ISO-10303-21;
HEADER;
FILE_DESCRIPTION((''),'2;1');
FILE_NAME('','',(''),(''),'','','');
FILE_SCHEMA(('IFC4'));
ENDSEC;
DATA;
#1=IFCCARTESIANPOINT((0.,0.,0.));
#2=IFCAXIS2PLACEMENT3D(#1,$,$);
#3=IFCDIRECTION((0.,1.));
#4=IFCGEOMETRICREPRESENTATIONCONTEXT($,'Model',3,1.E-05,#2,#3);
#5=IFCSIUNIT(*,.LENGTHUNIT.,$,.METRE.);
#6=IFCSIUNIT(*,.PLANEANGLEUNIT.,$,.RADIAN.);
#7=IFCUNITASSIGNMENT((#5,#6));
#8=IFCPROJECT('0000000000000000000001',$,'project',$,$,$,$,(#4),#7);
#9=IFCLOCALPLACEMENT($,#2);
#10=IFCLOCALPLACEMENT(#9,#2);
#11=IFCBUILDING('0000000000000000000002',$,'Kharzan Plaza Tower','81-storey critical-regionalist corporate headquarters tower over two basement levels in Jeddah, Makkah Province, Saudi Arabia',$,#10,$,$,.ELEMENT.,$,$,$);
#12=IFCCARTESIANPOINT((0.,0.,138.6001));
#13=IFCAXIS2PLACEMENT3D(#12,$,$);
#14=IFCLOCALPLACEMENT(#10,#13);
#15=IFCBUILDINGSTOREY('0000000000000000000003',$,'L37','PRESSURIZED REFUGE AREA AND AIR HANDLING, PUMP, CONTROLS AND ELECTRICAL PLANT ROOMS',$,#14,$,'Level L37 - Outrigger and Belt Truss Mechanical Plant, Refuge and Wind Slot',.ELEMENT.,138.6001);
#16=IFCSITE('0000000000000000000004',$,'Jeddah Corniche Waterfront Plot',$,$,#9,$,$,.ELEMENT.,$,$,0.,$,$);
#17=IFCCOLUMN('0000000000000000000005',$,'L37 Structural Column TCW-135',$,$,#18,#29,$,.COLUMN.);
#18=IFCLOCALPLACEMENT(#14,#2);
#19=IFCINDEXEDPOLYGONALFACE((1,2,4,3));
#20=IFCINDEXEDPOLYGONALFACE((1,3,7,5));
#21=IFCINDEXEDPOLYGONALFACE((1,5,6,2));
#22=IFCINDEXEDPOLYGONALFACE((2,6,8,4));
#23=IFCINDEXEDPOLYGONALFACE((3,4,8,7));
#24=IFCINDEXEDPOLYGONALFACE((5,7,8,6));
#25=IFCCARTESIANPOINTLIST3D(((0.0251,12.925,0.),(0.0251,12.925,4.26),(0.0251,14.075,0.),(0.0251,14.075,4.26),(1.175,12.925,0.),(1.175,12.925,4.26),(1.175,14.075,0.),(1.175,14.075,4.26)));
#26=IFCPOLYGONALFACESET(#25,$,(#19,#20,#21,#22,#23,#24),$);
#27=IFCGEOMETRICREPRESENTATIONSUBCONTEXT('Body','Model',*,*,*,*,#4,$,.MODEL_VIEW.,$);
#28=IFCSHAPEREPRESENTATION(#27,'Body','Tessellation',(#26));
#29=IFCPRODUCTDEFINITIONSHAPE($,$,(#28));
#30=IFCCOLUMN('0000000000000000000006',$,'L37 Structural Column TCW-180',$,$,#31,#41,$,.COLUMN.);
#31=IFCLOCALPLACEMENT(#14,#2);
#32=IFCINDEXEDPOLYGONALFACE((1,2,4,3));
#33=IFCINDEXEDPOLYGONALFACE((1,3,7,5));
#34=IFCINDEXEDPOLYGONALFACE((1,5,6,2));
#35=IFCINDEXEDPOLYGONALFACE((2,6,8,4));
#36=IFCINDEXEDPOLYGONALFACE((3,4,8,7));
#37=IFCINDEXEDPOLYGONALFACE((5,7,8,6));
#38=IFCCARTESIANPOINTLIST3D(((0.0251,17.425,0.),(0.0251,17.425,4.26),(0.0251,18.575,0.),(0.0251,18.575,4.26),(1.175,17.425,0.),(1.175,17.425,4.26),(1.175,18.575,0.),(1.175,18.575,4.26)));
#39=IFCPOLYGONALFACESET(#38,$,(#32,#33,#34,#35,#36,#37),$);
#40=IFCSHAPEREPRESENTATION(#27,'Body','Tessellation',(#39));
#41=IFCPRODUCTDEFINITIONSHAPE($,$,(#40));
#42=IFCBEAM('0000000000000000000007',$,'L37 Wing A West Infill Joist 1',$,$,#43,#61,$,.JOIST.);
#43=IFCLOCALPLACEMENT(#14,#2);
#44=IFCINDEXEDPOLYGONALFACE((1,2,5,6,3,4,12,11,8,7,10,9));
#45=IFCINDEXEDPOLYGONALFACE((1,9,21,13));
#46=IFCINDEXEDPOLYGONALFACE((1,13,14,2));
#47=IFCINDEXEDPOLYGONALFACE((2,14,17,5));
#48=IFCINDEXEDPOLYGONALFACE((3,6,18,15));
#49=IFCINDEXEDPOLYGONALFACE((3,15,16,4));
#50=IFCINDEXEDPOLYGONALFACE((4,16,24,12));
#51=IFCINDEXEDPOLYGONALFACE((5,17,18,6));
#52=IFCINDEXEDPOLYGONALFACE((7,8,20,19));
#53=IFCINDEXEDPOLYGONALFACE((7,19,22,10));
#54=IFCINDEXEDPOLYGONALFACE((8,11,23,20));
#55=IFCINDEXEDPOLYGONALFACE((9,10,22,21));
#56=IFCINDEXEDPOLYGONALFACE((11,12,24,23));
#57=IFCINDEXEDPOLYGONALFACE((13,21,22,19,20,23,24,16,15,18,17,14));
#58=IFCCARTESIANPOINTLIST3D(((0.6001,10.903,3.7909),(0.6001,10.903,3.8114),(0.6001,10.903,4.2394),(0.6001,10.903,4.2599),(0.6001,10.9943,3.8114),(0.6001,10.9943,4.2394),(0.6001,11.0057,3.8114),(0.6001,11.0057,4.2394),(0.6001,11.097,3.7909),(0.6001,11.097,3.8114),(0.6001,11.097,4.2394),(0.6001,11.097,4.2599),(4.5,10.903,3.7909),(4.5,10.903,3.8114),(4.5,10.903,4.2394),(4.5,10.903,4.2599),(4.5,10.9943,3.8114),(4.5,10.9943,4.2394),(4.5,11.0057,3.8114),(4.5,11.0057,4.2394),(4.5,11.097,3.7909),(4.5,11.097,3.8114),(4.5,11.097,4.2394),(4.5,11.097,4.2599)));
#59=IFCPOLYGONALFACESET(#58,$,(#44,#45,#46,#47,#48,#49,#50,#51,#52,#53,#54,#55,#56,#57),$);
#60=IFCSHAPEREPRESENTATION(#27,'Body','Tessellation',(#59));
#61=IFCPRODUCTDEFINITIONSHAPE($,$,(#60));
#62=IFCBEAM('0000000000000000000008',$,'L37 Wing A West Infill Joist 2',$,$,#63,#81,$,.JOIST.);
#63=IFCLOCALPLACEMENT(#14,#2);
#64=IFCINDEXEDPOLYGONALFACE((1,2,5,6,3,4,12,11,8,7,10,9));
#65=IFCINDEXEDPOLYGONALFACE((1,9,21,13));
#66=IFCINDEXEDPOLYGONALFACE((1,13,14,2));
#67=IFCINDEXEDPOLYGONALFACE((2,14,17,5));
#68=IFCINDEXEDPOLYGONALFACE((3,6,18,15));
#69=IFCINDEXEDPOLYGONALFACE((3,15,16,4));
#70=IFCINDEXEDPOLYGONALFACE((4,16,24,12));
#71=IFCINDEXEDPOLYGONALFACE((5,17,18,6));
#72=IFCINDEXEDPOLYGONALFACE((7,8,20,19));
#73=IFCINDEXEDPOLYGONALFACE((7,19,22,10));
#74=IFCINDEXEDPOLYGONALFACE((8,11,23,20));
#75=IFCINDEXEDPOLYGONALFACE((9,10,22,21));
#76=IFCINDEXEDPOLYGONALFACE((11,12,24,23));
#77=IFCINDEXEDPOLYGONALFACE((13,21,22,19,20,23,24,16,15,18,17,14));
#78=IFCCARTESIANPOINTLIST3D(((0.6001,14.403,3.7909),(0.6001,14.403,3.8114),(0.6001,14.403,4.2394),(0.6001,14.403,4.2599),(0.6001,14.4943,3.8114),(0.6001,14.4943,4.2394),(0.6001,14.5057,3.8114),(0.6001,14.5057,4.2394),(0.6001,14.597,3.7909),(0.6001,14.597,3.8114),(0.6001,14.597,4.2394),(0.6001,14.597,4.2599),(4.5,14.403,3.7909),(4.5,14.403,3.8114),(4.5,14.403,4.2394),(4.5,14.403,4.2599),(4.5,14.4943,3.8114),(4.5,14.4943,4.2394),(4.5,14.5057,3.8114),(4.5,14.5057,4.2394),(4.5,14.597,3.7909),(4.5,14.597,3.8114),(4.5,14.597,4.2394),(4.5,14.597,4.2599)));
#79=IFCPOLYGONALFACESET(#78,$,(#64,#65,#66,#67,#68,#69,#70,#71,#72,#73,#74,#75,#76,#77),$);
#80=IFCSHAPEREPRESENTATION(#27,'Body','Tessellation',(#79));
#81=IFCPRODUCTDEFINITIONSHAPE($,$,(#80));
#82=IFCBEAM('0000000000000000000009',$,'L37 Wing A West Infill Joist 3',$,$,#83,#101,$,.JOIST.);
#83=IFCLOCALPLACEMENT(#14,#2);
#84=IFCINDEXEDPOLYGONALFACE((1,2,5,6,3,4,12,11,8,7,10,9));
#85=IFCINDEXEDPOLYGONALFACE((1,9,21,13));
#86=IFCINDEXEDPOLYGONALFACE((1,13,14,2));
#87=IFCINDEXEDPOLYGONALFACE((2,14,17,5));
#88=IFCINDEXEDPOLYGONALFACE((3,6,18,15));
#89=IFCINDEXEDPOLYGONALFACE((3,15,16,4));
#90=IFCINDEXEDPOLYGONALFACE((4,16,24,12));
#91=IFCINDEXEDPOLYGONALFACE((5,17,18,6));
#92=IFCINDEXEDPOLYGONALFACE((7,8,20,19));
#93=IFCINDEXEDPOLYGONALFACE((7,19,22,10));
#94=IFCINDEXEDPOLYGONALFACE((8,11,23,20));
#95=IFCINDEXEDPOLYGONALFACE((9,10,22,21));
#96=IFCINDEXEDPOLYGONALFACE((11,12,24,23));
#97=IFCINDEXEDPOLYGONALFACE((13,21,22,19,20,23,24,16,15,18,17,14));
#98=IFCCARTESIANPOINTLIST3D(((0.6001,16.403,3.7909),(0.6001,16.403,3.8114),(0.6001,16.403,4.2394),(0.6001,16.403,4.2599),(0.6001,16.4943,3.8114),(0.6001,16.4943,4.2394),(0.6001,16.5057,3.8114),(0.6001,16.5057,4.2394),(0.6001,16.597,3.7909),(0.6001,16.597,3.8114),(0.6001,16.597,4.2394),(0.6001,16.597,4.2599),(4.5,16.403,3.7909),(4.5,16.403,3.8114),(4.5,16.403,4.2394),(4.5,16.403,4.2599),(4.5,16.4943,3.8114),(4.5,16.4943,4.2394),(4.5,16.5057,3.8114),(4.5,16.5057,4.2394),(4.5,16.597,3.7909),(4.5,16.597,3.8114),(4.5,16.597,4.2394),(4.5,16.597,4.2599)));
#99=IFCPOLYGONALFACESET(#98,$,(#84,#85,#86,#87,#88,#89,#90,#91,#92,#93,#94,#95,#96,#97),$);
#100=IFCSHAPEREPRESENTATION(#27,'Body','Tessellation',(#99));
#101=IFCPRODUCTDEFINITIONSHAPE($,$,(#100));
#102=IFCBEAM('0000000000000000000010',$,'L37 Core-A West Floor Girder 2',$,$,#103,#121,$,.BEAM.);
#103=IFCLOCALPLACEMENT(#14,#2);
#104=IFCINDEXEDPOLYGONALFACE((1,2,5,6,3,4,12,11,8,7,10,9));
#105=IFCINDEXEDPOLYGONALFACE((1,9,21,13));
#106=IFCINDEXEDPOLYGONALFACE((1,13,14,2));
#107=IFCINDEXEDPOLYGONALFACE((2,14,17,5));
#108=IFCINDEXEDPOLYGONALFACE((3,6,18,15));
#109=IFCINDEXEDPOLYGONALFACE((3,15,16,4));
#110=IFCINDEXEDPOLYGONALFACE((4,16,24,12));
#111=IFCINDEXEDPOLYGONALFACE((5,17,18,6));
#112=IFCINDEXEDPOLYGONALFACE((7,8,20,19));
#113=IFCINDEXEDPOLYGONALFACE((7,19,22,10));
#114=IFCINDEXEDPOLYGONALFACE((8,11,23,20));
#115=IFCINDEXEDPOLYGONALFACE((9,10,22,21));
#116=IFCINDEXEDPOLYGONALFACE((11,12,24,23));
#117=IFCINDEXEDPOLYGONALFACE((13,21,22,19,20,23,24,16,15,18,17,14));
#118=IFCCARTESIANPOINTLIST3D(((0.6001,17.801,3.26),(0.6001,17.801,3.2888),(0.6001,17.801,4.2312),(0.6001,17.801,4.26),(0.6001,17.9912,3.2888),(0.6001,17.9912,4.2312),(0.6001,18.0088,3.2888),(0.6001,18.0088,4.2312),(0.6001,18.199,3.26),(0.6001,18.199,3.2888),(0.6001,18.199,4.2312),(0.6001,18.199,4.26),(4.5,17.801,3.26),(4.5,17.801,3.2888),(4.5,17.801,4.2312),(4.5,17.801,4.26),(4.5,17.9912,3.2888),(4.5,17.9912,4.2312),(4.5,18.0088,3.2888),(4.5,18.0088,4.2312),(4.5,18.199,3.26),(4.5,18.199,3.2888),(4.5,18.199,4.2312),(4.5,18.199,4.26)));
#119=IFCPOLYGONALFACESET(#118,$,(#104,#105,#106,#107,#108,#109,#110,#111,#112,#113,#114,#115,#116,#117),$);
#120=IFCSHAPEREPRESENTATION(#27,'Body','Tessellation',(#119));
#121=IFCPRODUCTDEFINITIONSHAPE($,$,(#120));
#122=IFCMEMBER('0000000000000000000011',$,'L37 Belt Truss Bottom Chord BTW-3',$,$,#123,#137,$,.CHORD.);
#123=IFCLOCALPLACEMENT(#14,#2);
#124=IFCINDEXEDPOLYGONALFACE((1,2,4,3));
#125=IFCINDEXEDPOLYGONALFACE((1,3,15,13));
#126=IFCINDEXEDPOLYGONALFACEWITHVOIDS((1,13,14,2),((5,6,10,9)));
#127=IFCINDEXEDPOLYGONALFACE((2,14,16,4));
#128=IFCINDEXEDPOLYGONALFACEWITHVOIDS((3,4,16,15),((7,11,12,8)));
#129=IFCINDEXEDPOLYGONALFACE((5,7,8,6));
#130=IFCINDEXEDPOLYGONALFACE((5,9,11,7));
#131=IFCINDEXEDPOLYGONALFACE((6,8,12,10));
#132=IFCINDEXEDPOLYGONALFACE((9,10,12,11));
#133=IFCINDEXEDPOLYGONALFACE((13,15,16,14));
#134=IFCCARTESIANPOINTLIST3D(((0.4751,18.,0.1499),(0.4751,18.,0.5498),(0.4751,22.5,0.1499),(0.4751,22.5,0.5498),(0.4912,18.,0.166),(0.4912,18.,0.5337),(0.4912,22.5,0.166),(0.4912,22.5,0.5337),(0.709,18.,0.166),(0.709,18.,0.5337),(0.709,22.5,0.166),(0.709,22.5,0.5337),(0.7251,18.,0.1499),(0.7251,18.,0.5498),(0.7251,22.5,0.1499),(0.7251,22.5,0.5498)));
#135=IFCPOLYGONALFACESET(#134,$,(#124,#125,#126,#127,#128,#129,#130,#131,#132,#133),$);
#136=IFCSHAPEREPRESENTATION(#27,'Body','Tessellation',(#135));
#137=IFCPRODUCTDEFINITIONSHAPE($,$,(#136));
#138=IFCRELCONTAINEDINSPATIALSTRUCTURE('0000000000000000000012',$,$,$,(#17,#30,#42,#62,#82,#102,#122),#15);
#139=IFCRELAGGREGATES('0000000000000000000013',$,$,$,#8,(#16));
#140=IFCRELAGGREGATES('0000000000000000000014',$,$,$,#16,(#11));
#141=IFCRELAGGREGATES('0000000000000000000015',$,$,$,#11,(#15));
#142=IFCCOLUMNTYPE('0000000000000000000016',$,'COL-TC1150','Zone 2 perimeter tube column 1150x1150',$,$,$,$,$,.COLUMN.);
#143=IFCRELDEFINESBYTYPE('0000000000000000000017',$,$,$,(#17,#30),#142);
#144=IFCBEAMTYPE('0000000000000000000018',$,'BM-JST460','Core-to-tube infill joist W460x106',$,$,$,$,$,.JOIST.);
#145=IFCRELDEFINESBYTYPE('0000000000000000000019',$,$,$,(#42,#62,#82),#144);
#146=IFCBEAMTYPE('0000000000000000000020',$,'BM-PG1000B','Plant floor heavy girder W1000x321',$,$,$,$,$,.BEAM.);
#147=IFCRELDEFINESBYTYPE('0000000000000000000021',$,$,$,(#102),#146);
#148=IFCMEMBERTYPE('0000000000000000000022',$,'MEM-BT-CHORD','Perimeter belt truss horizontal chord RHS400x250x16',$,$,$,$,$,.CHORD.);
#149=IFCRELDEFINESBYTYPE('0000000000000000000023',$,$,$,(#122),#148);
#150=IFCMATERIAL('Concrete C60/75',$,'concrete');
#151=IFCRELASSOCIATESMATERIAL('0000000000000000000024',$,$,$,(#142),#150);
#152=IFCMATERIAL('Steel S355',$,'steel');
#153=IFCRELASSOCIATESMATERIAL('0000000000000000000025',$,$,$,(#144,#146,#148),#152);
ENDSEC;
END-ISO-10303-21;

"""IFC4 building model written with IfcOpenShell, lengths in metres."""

from ifc_helpers import new_model, si_unit, direction, frame, origin, origin_2d, place, context, subcontext, project, spatial, rectangle, hollow_rectangle, i_section, extrude, source, transform, mapped, material, material_profile, profile_set, type_object, element, save


model = new_model("IFC4")

# Units and contexts
model_context = context("Model", 3, precision=1e-05, world=origin(), true_north=direction((0.0, 1.0)))
body_context = subcontext(model_context, "Body", "Model", "MODEL_VIEW")
ifc_project = project(units=[si_unit("LENGTHUNIT", "METRE"), si_unit("PLANEANGLEUNIT", "RADIAN")], contexts=[model_context])

# Site, building, storey
site_placement = place(None, origin())
site = spatial("IfcSite", under=ifc_project, at=site_placement, Name="Jeddah Corniche Waterfront Plot", CompositionType="ELEMENT", RefElevation=0.0)
building_placement = place(site_placement, origin())
building = spatial("IfcBuilding", under=site, at=building_placement, Name="Kharzan Plaza Tower", Description="81-storey critical-regionalist corporate headquarters tower over two basement levels in Jeddah, Makkah Province, Saudi Arabia", CompositionType="ELEMENT")
storey_placement = place(building_placement, frame((0.0, 0.0, 138.6001)))
storey = spatial("IfcBuildingStorey", under=building, at=storey_placement, Name="L37", Description="PRESSURIZED REFUGE AREA AND AIR HANDLING, PUMP, CONTROLS AND ELECTRICAL PLANT ROOMS", LongName="Level L37 - Outrigger and Belt Truss Mechanical Plant, Refuge and Wind Slot", CompositionType="ELEMENT", Elevation=138.6001)

# Columns
ifc_material_1 = material(Name="Concrete C60/75", Category="concrete")
ifc_material_profile_1 = material_profile(ifc_material_1, rectangle(XDim=1.1499, YDim=1.1499, at=origin_2d()), Name="RC-TC1150x1150")
ifc_profile_set_1 = profile_set([ifc_material_profile_1], Name="Concrete C60/75")
column_type = type_object("IfcColumnType", Name="COL-TC1150", Description="Zone 2 perimeter tube column 1150x1150", PredefinedType="COLUMN", material=ifc_profile_set_1)
shared_shape_1 = source(origin(), body_context, "Body", "SweptSolid", [
    extrude(rectangle(XDim=1.1499, YDim=1.1499, at=origin_2d()), origin(), (0.0, 0.0, 1.0), 4.26),
])
for number, where, z_axis, x_axis, name in (
    (1, (0.6001, 13.5, 0.0), (0.0, 0.0, 1.0), (1.0, 0.0, 0.0), "L37 Structural Column TCW-135"),
    (2, (0.6001, 18.0, 0.0), (0.0, 0.0, 1.0), (1.0, 0.0, 0.0), "L37 Structural Column TCW-180"),
):
    element("IfcColumn", number, at=place(storey_placement, frame(where, z_axis=z_axis, x_axis=x_axis)), inside=storey, type_object=column_type, Name=name, PredefinedType="COLUMN", context=body_context, shape_type="MappedRepresentation", body=[
        mapped(shared_shape_1, transform((0.0, 0.0, 0.0), x_axis=(1.0, 0.0, 0.0), y_axis=(0.0, 1.0, 0.0), z_axis=(0.0, 0.0, 1.0))),
    ])

# Beams
ifc_material_2 = material(Name="Steel S355", Category="steel")
ifc_material_profile_2 = material_profile(ifc_material_2, i_section(OverallWidth=0.1941, OverallDepth=0.469, WebThickness=0.0115, FlangeThickness=0.0205, at=origin_2d()), Name="W460x106")
ifc_profile_set_2 = profile_set([ifc_material_profile_2], Name="Steel S355")
beam_type_1 = type_object("IfcBeamType", Name="BM-JST460", Description="Core-to-tube infill joist W460x106", PredefinedType="JOIST", material=ifc_profile_set_2)
shared_shape_2 = source(origin(), body_context, "Body", "SweptSolid", [
    extrude(i_section(OverallWidth=0.1941, OverallDepth=0.469, WebThickness=0.0115, FlangeThickness=0.0205, at=origin_2d()), origin(), (0.0, 0.0, 1.0), 3.8999),
])
for number, where, z_axis, x_axis, name in (
    (3, (0.6001, 11.0, 4.0254), (1.0, 0.0, 0.0), (0.0, 1.0, 0.0), "L37 Wing A West Infill Joist 1"),
    (4, (0.6001, 14.5, 4.0254), (1.0, 0.0, 0.0), (0.0, 1.0, 0.0), "L37 Wing A West Infill Joist 2"),
    (5, (0.6001, 16.5, 4.0254), (1.0, 0.0, 0.0), (0.0, 1.0, 0.0), "L37 Wing A West Infill Joist 3"),
):
    element("IfcBeam", number, at=place(storey_placement, frame(where, z_axis=z_axis, x_axis=x_axis)), inside=storey, type_object=beam_type_1, Name=name, PredefinedType="JOIST", context=body_context, shape_type="MappedRepresentation", body=[
        mapped(shared_shape_2, transform((0.0, 0.0, 0.0), x_axis=(1.0, 0.0, 0.0), y_axis=(0.0, 1.0, 0.0), z_axis=(0.0, 0.0, 1.0))),
    ])
ifc_material_profile_3 = material_profile(ifc_material_2, i_section(OverallWidth=0.3979, OverallDepth=1.0, WebThickness=0.0176, FlangeThickness=0.0288, at=origin_2d()), Name="W1000x321")
ifc_profile_set_3 = profile_set([ifc_material_profile_3], Name="Steel S355")
beam_type_2 = type_object("IfcBeamType", Name="BM-PG1000B", Description="Plant floor heavy girder W1000x321", PredefinedType="BEAM", material=ifc_profile_set_3)
shared_shape_3 = source(origin(), body_context, "Body", "SweptSolid", [
    extrude(i_section(OverallWidth=0.3979, OverallDepth=1.0, WebThickness=0.0176, FlangeThickness=0.0288, at=origin_2d()), origin(), (0.0, 0.0, 1.0), 3.8999),
])
beam_placement = place(storey_placement, frame((0.6001, 18.0, 3.76), z_axis=(1.0, 0.0, 0.0), x_axis=(0.0, 1.0, 0.0)))
element("IfcBeam", 6, at=beam_placement, inside=storey, type_object=beam_type_2, Name="L37 Core-A West Floor Girder 2", PredefinedType="BEAM", context=body_context, shape_type="MappedRepresentation", body=[
    mapped(shared_shape_3, transform((0.0, 0.0, 0.0), x_axis=(1.0, 0.0, 0.0), y_axis=(0.0, 1.0, 0.0), z_axis=(0.0, 0.0, 1.0))),
])

# Member
ifc_material_profile_4 = material_profile(ifc_material_2, hollow_rectangle(XDim=0.25, YDim=0.3999, WallThickness=0.0161, at=origin_2d()), Name="RHS400x250x16")
ifc_profile_set_4 = profile_set([ifc_material_profile_4], Name="Steel S355")
member_type_1 = type_object("IfcMemberType", Name="MEM-BT-CHORD", Description="Perimeter belt truss horizontal chord RHS400x250x16", PredefinedType="CHORD", material=ifc_profile_set_4)
shared_shape_4 = source(origin(), body_context, "Body", "SweptSolid", [
    extrude(hollow_rectangle(XDim=0.25, YDim=0.3999, WallThickness=0.0161, at=origin_2d()), origin(), (0.0, 0.0, 1.0), 4.5),
])
member_1_placement = place(storey_placement, frame((0.6001, 18.0, 0.3499), z_axis=(0.0, 1.0, 0.0), x_axis=(-1.0, 0.0, 0.0)))
element("IfcMember", 7, at=member_1_placement, inside=storey, type_object=member_type_1, Name="L37 Belt Truss Bottom Chord BTW-3", PredefinedType="CHORD", context=body_context, shape_type="MappedRepresentation", body=[
    mapped(shared_shape_4, transform((0.0, 0.0, 0.0), x_axis=(1.0, 0.0, 0.0), y_axis=(0.0, 1.0, 0.0), z_axis=(0.0, 0.0, 1.0))),
])

save(model, "model.ifc")
